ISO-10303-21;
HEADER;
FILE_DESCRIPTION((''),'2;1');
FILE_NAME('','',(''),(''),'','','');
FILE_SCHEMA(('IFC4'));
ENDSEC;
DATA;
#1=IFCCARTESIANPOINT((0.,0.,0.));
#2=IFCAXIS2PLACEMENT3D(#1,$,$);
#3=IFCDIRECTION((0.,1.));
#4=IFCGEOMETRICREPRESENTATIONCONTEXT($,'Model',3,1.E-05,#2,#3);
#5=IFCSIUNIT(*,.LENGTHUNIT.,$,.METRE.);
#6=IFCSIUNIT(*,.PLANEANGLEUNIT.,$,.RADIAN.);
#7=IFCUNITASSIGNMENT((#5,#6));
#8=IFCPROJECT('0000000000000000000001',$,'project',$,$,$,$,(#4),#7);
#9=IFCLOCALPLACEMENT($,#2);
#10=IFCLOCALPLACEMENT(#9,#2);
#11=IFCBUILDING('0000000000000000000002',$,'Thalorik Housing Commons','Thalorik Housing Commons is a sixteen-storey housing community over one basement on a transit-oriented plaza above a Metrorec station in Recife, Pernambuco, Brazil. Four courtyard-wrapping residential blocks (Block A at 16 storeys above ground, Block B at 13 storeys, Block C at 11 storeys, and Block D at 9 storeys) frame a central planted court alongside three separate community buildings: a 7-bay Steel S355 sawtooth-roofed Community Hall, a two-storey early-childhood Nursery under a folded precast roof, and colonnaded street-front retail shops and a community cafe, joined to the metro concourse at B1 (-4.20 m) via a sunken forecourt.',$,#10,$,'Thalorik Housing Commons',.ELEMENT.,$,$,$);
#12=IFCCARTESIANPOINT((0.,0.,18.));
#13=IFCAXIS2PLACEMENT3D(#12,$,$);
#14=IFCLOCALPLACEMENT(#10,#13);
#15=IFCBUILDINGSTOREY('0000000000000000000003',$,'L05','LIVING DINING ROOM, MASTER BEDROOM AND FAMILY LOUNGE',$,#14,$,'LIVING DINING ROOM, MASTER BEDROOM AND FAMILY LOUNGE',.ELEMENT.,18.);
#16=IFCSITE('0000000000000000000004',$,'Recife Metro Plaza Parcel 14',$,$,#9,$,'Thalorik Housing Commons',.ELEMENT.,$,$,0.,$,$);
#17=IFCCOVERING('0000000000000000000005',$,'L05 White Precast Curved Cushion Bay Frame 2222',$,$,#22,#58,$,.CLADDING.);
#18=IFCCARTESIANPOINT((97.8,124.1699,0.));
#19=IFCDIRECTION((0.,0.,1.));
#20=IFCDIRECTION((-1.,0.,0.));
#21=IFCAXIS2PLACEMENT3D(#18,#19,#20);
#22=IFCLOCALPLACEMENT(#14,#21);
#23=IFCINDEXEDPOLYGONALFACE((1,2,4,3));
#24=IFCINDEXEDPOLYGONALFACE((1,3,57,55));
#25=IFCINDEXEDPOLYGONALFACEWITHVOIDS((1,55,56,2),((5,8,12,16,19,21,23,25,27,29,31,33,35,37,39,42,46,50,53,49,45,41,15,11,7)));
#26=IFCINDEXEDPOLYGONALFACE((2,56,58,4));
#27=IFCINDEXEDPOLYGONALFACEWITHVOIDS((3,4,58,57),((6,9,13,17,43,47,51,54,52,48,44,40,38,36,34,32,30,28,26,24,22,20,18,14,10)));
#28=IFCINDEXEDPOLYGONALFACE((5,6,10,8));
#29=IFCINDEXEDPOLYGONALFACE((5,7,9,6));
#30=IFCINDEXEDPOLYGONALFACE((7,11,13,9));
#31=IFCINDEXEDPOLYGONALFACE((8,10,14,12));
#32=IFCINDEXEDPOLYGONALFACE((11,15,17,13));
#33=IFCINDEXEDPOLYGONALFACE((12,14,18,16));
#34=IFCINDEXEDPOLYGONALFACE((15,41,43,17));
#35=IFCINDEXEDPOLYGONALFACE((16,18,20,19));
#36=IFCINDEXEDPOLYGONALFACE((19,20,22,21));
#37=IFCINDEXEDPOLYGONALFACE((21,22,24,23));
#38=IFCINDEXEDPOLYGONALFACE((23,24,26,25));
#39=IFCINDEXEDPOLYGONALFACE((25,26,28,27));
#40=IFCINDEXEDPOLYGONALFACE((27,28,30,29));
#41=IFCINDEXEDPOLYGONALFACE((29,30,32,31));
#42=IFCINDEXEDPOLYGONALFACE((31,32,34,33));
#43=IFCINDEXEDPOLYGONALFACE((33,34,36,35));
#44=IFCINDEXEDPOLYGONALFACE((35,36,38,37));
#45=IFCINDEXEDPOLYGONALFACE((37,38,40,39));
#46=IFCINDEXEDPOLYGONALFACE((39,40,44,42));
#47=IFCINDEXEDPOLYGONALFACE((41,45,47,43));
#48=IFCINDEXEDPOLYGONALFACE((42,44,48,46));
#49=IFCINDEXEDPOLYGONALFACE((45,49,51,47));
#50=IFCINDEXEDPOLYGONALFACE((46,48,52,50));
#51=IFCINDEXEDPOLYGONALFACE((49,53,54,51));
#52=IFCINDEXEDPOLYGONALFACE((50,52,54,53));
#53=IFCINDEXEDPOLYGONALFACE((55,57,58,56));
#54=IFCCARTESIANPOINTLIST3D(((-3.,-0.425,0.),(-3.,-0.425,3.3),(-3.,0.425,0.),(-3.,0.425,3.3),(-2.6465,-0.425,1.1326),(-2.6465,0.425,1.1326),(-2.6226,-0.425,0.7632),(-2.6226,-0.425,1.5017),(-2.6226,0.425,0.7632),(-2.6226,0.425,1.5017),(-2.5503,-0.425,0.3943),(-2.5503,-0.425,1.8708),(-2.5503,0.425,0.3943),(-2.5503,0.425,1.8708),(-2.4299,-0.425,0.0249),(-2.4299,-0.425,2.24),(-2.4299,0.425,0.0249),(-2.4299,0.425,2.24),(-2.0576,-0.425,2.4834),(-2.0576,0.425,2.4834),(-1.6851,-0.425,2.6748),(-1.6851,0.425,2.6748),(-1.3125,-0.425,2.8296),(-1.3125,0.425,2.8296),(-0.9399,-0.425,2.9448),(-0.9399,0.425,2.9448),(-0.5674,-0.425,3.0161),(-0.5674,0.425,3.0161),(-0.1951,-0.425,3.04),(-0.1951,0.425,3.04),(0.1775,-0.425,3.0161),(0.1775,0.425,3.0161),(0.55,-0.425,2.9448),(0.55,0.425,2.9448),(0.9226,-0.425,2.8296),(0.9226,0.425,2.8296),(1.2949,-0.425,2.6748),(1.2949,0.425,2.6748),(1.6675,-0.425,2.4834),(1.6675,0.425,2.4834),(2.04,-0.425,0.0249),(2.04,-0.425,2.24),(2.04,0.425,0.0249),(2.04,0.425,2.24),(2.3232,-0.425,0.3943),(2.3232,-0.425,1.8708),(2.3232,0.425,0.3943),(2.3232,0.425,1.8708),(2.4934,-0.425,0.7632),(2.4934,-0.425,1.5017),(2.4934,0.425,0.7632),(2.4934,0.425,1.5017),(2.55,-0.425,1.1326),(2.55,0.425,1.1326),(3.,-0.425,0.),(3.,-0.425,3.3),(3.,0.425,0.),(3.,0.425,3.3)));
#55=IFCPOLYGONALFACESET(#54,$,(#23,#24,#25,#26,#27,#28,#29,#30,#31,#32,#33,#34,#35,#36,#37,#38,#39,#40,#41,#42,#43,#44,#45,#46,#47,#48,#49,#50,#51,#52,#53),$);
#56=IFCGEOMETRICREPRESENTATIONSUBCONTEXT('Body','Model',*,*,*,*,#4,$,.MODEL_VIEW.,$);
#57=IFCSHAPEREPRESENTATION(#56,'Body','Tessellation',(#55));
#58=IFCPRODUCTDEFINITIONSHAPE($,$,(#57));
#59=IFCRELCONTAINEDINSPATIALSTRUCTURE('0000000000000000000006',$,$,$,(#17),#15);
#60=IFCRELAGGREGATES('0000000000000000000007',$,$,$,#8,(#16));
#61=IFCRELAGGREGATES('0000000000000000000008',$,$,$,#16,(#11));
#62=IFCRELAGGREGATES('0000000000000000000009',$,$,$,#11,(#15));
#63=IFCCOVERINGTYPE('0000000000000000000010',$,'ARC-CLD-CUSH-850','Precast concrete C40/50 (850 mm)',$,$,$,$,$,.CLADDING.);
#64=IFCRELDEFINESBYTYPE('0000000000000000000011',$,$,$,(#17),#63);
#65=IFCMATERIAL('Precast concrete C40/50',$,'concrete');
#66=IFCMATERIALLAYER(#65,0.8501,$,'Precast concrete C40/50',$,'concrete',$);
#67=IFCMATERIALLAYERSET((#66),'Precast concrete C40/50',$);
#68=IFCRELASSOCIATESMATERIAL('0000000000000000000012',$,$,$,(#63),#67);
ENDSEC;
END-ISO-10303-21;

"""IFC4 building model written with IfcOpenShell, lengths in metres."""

from ifc_helpers import new_model, si_unit, direction, frame, origin, place, context, subcontext, project, spatial, polyline, outline, extrude, material, layer, layer_set, type_object, element, save


model = new_model("IFC4")

# Units and contexts
model_context = context("Model", 3, precision=1e-05, world=origin(), true_north=direction((0.0, 1.0)))
body_context = subcontext(model_context, "Body", "Model", "MODEL_VIEW")
ifc_project = project(units=[si_unit("LENGTHUNIT", "METRE"), si_unit("PLANEANGLEUNIT", "RADIAN")], contexts=[model_context])

# Site, building, storey
site_placement = place(None, origin())
site = spatial("IfcSite", under=ifc_project, at=site_placement, Name="Recife Metro Plaza Parcel 14", LongName="Thalorik Housing Commons", CompositionType="ELEMENT", RefElevation=0.0)
building_placement = place(site_placement, origin())
building = spatial("IfcBuilding", under=site, at=building_placement, Name="Thalorik Housing Commons", Description="Thalorik Housing Commons is a sixteen-storey housing community over one basement on a transit-oriented plaza above a Metrorec station in Recife, Pernambuco, Brazil. Four courtyard-wrapping residential blocks (Block A at 16 storeys above ground, Block B at 13 storeys, Block C at 11 storeys, and Block D at 9 storeys) frame a central planted court alongside three separate community buildings: a 7-bay Steel S355 sawtooth-roofed Community Hall, a two-storey early-childhood Nursery under a folded precast roof, and colonnaded street-front retail shops and a community cafe, joined to the metro concourse at B1 (-4.20 m) via a sunken forecourt.", LongName="Thalorik Housing Commons", CompositionType="ELEMENT")
storey_placement = place(building_placement, frame((0.0, 0.0, 18.0)))
storey = spatial("IfcBuildingStorey", under=building, at=storey_placement, Name="L05", Description="LIVING DINING ROOM, MASTER BEDROOM AND FAMILY LOUNGE", LongName="LIVING DINING ROOM, MASTER BEDROOM AND FAMILY LOUNGE", CompositionType="ELEMENT", Elevation=18.0)

# Shared definitions
ifc_material_1 = material(Name="Precast concrete C40/50", Category="concrete")

# Covering
ifc_layer_1 = layer(ifc_material_1, 0.8501, Name="Precast concrete C40/50", Category="concrete")
ifc_layer_set_1 = layer_set([ifc_layer_1], Name="Precast concrete C40/50")
covering_type_1 = type_object("IfcCoveringType", Name="ARC-CLD-CUSH-850", Description="Precast concrete C40/50 (850 mm)", PredefinedType="CLADDING", material=ifc_layer_set_1)
covering_1_placement = place(storey_placement, frame((97.8, 124.1699, 0.0), z_axis=(0.0, 0.0, 1.0), x_axis=(-1.0, 0.0, 0.0)))
element("IfcCovering", 1, at=covering_1_placement, inside=storey, type_object=covering_type_1, Name="L05 White Precast Curved Cushion Bay Frame 2222", PredefinedType="CLADDING", context=body_context, shape_type="SweptSolid", body=[
    extrude(outline(polyline([(-3.0, 0.0), (3.0, 0.0), (3.0, 3.3), (-3.0, 3.3), (-3.0, 0.0)]), holes=[polyline([(2.04, 0.0249), (2.3232, 0.3943), (2.4934, 0.7632), (2.55, 1.1326), (2.4934, 1.5017), (2.3232, 1.8708), (2.04, 2.24), (1.6675, 2.4834), (1.2949, 2.6748), (0.9226, 2.8296), (0.55, 2.9448), (0.1775, 3.0161), (-0.1951, 3.04), (-0.5674, 3.0161), (-0.9399, 2.9448), (-1.3125, 2.8296), (-1.6851, 2.6748), (-2.0576, 2.4834), (-2.4299, 2.24), (-2.5503, 1.8708), (-2.6226, 1.5017), (-2.6465, 1.1326), (-2.6226, 0.7632), (-2.5503, 0.3943), (-2.4299, 0.0249), (2.04, 0.0249)])]), frame((0.0, 0.425, 0.0), z_axis=(0.0, -1.0, 0.0), x_axis=(1.0, 0.0, 0.0)), (0.0, 0.0, 1.0), 0.8501),
])

save(model, "model.ifc")
